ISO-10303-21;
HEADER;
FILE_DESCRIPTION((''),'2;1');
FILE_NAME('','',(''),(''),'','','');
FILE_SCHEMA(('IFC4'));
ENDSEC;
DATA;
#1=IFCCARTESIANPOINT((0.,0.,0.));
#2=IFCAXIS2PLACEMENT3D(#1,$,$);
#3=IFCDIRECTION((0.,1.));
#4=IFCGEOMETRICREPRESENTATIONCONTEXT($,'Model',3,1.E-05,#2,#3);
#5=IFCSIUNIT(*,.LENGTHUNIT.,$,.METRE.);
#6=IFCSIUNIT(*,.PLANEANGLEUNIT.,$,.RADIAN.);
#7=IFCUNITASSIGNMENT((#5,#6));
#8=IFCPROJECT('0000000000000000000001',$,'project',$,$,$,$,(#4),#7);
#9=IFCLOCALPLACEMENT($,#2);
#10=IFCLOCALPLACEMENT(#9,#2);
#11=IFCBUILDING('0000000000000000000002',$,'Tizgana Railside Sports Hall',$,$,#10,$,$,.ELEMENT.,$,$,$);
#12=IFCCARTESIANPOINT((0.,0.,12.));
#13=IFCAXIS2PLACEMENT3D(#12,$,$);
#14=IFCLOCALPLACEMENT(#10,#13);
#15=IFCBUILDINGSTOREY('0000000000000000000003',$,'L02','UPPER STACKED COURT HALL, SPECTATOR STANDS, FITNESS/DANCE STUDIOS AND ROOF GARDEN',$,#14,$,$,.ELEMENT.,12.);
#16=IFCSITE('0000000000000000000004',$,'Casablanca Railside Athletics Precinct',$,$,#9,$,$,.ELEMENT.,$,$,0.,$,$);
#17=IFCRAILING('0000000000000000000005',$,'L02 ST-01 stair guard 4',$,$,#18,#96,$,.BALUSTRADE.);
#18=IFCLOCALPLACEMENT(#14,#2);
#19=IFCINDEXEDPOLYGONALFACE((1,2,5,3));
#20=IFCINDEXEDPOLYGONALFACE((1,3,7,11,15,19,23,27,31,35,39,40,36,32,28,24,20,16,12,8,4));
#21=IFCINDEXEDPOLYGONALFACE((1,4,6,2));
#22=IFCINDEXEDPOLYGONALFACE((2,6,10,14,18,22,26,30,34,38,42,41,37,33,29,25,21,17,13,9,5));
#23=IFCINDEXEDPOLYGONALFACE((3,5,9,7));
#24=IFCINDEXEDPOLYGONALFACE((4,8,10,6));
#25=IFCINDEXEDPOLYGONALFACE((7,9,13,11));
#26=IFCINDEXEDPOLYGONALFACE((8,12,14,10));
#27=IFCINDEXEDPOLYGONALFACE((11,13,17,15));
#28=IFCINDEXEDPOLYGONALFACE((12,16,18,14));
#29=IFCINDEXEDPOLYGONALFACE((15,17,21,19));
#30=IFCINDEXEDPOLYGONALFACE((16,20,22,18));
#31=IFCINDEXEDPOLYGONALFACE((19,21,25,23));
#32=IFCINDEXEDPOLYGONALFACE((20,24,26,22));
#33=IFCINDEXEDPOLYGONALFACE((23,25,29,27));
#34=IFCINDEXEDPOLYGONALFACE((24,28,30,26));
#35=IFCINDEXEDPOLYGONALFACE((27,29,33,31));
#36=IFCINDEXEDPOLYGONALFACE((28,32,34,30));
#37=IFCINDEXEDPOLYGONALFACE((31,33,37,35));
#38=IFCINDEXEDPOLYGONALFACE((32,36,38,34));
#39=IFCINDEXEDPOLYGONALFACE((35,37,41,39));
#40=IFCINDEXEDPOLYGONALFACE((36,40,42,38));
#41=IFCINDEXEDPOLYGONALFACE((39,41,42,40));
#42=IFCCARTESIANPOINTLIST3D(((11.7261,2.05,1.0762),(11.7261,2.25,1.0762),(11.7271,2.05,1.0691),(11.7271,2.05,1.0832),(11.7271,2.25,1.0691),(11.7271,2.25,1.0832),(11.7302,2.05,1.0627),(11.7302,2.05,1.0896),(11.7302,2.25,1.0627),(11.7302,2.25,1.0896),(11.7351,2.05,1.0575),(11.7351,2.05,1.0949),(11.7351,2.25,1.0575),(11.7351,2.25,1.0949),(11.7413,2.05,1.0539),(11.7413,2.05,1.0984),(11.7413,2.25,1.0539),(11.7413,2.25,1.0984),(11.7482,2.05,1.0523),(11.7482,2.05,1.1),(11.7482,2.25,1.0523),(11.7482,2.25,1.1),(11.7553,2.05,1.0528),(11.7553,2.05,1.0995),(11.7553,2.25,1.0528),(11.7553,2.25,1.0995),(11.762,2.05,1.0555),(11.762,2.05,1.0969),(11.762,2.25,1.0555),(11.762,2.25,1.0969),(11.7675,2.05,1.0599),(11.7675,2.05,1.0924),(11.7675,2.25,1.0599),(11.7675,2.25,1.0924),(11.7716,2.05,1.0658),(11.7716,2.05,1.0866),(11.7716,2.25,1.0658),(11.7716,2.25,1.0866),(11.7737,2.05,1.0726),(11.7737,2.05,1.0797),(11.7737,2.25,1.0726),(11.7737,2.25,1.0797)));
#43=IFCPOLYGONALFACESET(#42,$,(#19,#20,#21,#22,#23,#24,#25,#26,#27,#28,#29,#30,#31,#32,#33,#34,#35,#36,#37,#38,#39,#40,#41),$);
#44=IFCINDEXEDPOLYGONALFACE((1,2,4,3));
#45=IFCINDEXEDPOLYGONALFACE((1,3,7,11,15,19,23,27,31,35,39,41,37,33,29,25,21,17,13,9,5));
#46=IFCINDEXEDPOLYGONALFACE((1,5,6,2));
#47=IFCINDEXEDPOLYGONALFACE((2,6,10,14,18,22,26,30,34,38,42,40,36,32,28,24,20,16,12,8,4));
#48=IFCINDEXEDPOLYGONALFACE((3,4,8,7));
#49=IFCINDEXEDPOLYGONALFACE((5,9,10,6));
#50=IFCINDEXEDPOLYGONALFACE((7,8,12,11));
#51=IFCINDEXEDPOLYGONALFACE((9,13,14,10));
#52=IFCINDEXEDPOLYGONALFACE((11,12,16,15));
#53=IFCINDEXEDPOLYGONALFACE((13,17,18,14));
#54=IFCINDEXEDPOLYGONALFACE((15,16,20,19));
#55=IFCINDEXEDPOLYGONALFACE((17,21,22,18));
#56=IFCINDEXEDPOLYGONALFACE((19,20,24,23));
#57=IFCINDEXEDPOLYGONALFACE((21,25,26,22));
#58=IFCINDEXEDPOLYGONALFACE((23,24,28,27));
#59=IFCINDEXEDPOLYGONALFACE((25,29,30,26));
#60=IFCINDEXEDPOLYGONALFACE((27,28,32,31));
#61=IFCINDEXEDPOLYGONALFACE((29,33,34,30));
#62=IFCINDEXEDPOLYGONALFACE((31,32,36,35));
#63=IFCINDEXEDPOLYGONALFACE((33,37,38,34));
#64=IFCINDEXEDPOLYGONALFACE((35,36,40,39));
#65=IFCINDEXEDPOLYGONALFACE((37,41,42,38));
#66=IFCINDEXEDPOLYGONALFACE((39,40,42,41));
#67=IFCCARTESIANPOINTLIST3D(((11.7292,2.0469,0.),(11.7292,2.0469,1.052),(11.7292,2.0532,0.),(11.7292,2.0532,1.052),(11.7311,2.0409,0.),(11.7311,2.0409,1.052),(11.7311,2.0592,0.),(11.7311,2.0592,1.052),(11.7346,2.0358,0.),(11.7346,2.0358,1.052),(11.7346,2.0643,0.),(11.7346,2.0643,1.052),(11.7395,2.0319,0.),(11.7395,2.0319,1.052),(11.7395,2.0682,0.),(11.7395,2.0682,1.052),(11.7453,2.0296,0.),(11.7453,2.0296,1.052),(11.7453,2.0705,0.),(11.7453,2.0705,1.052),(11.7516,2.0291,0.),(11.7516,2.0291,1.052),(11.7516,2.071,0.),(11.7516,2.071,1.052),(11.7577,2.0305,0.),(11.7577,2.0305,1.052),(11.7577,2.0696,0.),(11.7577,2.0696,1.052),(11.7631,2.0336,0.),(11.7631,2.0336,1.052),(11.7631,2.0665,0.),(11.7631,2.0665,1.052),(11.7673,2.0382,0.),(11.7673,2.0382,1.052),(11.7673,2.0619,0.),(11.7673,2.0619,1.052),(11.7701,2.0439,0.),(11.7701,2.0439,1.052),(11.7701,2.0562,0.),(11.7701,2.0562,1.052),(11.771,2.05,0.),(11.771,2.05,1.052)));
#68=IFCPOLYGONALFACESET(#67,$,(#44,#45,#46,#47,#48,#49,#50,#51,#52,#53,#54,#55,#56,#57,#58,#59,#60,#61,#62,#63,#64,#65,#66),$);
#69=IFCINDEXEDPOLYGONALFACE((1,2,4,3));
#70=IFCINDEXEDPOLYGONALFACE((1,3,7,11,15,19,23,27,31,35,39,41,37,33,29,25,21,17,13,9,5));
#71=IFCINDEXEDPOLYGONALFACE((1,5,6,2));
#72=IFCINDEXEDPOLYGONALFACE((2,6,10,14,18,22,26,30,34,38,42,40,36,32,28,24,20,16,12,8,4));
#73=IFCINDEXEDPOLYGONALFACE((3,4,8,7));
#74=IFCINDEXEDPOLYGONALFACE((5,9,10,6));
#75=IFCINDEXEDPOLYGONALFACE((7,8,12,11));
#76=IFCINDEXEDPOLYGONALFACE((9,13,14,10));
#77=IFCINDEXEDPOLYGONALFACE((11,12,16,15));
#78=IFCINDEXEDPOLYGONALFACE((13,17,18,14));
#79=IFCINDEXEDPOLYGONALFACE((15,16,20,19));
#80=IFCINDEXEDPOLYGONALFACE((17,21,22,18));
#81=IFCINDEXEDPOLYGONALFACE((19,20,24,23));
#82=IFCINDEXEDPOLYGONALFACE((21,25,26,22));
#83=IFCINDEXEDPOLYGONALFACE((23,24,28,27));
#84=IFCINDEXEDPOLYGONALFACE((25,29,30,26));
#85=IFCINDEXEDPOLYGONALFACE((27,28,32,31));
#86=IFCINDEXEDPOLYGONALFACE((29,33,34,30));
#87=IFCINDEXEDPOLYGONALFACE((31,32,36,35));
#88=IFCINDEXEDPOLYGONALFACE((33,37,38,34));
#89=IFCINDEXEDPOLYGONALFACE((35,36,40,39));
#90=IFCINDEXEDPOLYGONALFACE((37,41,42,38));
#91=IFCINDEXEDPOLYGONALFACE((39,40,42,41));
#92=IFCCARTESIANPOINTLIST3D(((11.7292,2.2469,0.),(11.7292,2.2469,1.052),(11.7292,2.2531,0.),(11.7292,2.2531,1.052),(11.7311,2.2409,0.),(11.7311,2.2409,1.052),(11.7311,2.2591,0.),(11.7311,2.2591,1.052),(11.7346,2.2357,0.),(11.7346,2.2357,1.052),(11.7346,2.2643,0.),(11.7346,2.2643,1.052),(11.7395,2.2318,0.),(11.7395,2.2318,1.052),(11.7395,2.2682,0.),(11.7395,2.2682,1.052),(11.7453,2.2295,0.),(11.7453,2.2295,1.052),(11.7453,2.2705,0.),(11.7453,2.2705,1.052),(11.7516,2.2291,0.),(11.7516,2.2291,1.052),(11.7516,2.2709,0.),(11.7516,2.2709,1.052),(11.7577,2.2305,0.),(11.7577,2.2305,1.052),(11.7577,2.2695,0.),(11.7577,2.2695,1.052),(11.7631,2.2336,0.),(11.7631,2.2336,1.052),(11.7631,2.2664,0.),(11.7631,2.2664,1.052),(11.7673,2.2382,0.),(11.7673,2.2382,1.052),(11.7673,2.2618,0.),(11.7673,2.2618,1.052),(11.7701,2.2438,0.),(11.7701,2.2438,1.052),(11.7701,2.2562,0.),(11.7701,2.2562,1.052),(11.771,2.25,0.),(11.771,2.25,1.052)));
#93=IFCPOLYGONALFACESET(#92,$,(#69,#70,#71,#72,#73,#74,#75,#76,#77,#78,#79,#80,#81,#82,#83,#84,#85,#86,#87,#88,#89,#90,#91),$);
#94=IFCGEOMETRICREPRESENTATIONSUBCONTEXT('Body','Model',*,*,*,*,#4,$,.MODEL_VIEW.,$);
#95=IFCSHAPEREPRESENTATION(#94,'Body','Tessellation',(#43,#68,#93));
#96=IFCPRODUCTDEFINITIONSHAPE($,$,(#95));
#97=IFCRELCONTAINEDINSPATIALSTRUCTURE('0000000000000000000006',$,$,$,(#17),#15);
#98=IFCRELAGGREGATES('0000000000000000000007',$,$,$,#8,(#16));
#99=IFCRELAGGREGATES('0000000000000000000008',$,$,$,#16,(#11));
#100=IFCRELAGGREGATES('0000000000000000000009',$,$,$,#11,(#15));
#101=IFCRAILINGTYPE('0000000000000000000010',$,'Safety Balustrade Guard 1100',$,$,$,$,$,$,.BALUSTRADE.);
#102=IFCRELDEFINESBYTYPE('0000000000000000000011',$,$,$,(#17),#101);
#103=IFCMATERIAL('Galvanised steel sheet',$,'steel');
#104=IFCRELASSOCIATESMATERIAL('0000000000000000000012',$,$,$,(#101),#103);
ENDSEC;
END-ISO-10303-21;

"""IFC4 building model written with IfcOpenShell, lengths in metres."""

from ifc_helpers import new_model, si_unit, direction, frame, origin, origin_2d, place, context, subcontext, project, spatial, circle, extrude, material, type_object, element, save


model = new_model("IFC4")

# Units and contexts
model_context = context("Model", 3, precision=1e-05, world=origin(), true_north=direction((0.0, 1.0)))
body_context = subcontext(model_context, "Body", "Model", "MODEL_VIEW")
ifc_project = project(units=[si_unit("LENGTHUNIT", "METRE"), si_unit("PLANEANGLEUNIT", "RADIAN")], contexts=[model_context])

# Site, building, storey
site_placement = place(None, origin())
site = spatial("IfcSite", under=ifc_project, at=site_placement, Name="Casablanca Railside Athletics Precinct", CompositionType="ELEMENT", RefElevation=0.0)
building_placement = place(site_placement, origin())
building = spatial("IfcBuilding", under=site, at=building_placement, Name="Tizgana Railside Sports Hall", CompositionType="ELEMENT")
storey_placement = place(building_placement, frame((0.0, 0.0, 12.0)))
storey = spatial("IfcBuildingStorey", under=building, at=storey_placement, Name="L02", Description="UPPER STACKED COURT HALL, SPECTATOR STANDS, FITNESS/DANCE STUDIOS AND ROOF GARDEN", CompositionType="ELEMENT", Elevation=12.0)

# Railing
ifc_material_1 = material(Name="Galvanised steel sheet", Category="steel")
railing_type_1 = type_object("IfcRailingType", Name="Safety Balustrade Guard 1100", PredefinedType="BALUSTRADE", material=ifc_material_1)
railing_1_placement = place(storey_placement, frame((11.75, 2.05, 0.0)))
element("IfcRailing", 1, at=railing_1_placement, inside=storey, type_object=railing_type_1, Name="L02 ST-01 stair guard 4", PredefinedType="BALUSTRADE", context=body_context, shape_type="SweptSolid", body=[
    extrude(circle(Radius=0.0239, at=origin_2d()), frame((0.0, 0.0, 1.0762), z_axis=(0.0, 1.0, 0.0), x_axis=(-1.0, 0.0, 0.0)), (0.0, 0.0, 1.0), 0.2),
    extrude(circle(Radius=0.021, at=origin_2d()), origin(), (0.0, 0.0, 1.0), 1.052),
    extrude(circle(Radius=0.021, at=origin_2d()), frame((0.0, 0.2, 0.0)), (0.0, 0.0, 1.0), 1.052),
])

save(model, "model.ifc")
